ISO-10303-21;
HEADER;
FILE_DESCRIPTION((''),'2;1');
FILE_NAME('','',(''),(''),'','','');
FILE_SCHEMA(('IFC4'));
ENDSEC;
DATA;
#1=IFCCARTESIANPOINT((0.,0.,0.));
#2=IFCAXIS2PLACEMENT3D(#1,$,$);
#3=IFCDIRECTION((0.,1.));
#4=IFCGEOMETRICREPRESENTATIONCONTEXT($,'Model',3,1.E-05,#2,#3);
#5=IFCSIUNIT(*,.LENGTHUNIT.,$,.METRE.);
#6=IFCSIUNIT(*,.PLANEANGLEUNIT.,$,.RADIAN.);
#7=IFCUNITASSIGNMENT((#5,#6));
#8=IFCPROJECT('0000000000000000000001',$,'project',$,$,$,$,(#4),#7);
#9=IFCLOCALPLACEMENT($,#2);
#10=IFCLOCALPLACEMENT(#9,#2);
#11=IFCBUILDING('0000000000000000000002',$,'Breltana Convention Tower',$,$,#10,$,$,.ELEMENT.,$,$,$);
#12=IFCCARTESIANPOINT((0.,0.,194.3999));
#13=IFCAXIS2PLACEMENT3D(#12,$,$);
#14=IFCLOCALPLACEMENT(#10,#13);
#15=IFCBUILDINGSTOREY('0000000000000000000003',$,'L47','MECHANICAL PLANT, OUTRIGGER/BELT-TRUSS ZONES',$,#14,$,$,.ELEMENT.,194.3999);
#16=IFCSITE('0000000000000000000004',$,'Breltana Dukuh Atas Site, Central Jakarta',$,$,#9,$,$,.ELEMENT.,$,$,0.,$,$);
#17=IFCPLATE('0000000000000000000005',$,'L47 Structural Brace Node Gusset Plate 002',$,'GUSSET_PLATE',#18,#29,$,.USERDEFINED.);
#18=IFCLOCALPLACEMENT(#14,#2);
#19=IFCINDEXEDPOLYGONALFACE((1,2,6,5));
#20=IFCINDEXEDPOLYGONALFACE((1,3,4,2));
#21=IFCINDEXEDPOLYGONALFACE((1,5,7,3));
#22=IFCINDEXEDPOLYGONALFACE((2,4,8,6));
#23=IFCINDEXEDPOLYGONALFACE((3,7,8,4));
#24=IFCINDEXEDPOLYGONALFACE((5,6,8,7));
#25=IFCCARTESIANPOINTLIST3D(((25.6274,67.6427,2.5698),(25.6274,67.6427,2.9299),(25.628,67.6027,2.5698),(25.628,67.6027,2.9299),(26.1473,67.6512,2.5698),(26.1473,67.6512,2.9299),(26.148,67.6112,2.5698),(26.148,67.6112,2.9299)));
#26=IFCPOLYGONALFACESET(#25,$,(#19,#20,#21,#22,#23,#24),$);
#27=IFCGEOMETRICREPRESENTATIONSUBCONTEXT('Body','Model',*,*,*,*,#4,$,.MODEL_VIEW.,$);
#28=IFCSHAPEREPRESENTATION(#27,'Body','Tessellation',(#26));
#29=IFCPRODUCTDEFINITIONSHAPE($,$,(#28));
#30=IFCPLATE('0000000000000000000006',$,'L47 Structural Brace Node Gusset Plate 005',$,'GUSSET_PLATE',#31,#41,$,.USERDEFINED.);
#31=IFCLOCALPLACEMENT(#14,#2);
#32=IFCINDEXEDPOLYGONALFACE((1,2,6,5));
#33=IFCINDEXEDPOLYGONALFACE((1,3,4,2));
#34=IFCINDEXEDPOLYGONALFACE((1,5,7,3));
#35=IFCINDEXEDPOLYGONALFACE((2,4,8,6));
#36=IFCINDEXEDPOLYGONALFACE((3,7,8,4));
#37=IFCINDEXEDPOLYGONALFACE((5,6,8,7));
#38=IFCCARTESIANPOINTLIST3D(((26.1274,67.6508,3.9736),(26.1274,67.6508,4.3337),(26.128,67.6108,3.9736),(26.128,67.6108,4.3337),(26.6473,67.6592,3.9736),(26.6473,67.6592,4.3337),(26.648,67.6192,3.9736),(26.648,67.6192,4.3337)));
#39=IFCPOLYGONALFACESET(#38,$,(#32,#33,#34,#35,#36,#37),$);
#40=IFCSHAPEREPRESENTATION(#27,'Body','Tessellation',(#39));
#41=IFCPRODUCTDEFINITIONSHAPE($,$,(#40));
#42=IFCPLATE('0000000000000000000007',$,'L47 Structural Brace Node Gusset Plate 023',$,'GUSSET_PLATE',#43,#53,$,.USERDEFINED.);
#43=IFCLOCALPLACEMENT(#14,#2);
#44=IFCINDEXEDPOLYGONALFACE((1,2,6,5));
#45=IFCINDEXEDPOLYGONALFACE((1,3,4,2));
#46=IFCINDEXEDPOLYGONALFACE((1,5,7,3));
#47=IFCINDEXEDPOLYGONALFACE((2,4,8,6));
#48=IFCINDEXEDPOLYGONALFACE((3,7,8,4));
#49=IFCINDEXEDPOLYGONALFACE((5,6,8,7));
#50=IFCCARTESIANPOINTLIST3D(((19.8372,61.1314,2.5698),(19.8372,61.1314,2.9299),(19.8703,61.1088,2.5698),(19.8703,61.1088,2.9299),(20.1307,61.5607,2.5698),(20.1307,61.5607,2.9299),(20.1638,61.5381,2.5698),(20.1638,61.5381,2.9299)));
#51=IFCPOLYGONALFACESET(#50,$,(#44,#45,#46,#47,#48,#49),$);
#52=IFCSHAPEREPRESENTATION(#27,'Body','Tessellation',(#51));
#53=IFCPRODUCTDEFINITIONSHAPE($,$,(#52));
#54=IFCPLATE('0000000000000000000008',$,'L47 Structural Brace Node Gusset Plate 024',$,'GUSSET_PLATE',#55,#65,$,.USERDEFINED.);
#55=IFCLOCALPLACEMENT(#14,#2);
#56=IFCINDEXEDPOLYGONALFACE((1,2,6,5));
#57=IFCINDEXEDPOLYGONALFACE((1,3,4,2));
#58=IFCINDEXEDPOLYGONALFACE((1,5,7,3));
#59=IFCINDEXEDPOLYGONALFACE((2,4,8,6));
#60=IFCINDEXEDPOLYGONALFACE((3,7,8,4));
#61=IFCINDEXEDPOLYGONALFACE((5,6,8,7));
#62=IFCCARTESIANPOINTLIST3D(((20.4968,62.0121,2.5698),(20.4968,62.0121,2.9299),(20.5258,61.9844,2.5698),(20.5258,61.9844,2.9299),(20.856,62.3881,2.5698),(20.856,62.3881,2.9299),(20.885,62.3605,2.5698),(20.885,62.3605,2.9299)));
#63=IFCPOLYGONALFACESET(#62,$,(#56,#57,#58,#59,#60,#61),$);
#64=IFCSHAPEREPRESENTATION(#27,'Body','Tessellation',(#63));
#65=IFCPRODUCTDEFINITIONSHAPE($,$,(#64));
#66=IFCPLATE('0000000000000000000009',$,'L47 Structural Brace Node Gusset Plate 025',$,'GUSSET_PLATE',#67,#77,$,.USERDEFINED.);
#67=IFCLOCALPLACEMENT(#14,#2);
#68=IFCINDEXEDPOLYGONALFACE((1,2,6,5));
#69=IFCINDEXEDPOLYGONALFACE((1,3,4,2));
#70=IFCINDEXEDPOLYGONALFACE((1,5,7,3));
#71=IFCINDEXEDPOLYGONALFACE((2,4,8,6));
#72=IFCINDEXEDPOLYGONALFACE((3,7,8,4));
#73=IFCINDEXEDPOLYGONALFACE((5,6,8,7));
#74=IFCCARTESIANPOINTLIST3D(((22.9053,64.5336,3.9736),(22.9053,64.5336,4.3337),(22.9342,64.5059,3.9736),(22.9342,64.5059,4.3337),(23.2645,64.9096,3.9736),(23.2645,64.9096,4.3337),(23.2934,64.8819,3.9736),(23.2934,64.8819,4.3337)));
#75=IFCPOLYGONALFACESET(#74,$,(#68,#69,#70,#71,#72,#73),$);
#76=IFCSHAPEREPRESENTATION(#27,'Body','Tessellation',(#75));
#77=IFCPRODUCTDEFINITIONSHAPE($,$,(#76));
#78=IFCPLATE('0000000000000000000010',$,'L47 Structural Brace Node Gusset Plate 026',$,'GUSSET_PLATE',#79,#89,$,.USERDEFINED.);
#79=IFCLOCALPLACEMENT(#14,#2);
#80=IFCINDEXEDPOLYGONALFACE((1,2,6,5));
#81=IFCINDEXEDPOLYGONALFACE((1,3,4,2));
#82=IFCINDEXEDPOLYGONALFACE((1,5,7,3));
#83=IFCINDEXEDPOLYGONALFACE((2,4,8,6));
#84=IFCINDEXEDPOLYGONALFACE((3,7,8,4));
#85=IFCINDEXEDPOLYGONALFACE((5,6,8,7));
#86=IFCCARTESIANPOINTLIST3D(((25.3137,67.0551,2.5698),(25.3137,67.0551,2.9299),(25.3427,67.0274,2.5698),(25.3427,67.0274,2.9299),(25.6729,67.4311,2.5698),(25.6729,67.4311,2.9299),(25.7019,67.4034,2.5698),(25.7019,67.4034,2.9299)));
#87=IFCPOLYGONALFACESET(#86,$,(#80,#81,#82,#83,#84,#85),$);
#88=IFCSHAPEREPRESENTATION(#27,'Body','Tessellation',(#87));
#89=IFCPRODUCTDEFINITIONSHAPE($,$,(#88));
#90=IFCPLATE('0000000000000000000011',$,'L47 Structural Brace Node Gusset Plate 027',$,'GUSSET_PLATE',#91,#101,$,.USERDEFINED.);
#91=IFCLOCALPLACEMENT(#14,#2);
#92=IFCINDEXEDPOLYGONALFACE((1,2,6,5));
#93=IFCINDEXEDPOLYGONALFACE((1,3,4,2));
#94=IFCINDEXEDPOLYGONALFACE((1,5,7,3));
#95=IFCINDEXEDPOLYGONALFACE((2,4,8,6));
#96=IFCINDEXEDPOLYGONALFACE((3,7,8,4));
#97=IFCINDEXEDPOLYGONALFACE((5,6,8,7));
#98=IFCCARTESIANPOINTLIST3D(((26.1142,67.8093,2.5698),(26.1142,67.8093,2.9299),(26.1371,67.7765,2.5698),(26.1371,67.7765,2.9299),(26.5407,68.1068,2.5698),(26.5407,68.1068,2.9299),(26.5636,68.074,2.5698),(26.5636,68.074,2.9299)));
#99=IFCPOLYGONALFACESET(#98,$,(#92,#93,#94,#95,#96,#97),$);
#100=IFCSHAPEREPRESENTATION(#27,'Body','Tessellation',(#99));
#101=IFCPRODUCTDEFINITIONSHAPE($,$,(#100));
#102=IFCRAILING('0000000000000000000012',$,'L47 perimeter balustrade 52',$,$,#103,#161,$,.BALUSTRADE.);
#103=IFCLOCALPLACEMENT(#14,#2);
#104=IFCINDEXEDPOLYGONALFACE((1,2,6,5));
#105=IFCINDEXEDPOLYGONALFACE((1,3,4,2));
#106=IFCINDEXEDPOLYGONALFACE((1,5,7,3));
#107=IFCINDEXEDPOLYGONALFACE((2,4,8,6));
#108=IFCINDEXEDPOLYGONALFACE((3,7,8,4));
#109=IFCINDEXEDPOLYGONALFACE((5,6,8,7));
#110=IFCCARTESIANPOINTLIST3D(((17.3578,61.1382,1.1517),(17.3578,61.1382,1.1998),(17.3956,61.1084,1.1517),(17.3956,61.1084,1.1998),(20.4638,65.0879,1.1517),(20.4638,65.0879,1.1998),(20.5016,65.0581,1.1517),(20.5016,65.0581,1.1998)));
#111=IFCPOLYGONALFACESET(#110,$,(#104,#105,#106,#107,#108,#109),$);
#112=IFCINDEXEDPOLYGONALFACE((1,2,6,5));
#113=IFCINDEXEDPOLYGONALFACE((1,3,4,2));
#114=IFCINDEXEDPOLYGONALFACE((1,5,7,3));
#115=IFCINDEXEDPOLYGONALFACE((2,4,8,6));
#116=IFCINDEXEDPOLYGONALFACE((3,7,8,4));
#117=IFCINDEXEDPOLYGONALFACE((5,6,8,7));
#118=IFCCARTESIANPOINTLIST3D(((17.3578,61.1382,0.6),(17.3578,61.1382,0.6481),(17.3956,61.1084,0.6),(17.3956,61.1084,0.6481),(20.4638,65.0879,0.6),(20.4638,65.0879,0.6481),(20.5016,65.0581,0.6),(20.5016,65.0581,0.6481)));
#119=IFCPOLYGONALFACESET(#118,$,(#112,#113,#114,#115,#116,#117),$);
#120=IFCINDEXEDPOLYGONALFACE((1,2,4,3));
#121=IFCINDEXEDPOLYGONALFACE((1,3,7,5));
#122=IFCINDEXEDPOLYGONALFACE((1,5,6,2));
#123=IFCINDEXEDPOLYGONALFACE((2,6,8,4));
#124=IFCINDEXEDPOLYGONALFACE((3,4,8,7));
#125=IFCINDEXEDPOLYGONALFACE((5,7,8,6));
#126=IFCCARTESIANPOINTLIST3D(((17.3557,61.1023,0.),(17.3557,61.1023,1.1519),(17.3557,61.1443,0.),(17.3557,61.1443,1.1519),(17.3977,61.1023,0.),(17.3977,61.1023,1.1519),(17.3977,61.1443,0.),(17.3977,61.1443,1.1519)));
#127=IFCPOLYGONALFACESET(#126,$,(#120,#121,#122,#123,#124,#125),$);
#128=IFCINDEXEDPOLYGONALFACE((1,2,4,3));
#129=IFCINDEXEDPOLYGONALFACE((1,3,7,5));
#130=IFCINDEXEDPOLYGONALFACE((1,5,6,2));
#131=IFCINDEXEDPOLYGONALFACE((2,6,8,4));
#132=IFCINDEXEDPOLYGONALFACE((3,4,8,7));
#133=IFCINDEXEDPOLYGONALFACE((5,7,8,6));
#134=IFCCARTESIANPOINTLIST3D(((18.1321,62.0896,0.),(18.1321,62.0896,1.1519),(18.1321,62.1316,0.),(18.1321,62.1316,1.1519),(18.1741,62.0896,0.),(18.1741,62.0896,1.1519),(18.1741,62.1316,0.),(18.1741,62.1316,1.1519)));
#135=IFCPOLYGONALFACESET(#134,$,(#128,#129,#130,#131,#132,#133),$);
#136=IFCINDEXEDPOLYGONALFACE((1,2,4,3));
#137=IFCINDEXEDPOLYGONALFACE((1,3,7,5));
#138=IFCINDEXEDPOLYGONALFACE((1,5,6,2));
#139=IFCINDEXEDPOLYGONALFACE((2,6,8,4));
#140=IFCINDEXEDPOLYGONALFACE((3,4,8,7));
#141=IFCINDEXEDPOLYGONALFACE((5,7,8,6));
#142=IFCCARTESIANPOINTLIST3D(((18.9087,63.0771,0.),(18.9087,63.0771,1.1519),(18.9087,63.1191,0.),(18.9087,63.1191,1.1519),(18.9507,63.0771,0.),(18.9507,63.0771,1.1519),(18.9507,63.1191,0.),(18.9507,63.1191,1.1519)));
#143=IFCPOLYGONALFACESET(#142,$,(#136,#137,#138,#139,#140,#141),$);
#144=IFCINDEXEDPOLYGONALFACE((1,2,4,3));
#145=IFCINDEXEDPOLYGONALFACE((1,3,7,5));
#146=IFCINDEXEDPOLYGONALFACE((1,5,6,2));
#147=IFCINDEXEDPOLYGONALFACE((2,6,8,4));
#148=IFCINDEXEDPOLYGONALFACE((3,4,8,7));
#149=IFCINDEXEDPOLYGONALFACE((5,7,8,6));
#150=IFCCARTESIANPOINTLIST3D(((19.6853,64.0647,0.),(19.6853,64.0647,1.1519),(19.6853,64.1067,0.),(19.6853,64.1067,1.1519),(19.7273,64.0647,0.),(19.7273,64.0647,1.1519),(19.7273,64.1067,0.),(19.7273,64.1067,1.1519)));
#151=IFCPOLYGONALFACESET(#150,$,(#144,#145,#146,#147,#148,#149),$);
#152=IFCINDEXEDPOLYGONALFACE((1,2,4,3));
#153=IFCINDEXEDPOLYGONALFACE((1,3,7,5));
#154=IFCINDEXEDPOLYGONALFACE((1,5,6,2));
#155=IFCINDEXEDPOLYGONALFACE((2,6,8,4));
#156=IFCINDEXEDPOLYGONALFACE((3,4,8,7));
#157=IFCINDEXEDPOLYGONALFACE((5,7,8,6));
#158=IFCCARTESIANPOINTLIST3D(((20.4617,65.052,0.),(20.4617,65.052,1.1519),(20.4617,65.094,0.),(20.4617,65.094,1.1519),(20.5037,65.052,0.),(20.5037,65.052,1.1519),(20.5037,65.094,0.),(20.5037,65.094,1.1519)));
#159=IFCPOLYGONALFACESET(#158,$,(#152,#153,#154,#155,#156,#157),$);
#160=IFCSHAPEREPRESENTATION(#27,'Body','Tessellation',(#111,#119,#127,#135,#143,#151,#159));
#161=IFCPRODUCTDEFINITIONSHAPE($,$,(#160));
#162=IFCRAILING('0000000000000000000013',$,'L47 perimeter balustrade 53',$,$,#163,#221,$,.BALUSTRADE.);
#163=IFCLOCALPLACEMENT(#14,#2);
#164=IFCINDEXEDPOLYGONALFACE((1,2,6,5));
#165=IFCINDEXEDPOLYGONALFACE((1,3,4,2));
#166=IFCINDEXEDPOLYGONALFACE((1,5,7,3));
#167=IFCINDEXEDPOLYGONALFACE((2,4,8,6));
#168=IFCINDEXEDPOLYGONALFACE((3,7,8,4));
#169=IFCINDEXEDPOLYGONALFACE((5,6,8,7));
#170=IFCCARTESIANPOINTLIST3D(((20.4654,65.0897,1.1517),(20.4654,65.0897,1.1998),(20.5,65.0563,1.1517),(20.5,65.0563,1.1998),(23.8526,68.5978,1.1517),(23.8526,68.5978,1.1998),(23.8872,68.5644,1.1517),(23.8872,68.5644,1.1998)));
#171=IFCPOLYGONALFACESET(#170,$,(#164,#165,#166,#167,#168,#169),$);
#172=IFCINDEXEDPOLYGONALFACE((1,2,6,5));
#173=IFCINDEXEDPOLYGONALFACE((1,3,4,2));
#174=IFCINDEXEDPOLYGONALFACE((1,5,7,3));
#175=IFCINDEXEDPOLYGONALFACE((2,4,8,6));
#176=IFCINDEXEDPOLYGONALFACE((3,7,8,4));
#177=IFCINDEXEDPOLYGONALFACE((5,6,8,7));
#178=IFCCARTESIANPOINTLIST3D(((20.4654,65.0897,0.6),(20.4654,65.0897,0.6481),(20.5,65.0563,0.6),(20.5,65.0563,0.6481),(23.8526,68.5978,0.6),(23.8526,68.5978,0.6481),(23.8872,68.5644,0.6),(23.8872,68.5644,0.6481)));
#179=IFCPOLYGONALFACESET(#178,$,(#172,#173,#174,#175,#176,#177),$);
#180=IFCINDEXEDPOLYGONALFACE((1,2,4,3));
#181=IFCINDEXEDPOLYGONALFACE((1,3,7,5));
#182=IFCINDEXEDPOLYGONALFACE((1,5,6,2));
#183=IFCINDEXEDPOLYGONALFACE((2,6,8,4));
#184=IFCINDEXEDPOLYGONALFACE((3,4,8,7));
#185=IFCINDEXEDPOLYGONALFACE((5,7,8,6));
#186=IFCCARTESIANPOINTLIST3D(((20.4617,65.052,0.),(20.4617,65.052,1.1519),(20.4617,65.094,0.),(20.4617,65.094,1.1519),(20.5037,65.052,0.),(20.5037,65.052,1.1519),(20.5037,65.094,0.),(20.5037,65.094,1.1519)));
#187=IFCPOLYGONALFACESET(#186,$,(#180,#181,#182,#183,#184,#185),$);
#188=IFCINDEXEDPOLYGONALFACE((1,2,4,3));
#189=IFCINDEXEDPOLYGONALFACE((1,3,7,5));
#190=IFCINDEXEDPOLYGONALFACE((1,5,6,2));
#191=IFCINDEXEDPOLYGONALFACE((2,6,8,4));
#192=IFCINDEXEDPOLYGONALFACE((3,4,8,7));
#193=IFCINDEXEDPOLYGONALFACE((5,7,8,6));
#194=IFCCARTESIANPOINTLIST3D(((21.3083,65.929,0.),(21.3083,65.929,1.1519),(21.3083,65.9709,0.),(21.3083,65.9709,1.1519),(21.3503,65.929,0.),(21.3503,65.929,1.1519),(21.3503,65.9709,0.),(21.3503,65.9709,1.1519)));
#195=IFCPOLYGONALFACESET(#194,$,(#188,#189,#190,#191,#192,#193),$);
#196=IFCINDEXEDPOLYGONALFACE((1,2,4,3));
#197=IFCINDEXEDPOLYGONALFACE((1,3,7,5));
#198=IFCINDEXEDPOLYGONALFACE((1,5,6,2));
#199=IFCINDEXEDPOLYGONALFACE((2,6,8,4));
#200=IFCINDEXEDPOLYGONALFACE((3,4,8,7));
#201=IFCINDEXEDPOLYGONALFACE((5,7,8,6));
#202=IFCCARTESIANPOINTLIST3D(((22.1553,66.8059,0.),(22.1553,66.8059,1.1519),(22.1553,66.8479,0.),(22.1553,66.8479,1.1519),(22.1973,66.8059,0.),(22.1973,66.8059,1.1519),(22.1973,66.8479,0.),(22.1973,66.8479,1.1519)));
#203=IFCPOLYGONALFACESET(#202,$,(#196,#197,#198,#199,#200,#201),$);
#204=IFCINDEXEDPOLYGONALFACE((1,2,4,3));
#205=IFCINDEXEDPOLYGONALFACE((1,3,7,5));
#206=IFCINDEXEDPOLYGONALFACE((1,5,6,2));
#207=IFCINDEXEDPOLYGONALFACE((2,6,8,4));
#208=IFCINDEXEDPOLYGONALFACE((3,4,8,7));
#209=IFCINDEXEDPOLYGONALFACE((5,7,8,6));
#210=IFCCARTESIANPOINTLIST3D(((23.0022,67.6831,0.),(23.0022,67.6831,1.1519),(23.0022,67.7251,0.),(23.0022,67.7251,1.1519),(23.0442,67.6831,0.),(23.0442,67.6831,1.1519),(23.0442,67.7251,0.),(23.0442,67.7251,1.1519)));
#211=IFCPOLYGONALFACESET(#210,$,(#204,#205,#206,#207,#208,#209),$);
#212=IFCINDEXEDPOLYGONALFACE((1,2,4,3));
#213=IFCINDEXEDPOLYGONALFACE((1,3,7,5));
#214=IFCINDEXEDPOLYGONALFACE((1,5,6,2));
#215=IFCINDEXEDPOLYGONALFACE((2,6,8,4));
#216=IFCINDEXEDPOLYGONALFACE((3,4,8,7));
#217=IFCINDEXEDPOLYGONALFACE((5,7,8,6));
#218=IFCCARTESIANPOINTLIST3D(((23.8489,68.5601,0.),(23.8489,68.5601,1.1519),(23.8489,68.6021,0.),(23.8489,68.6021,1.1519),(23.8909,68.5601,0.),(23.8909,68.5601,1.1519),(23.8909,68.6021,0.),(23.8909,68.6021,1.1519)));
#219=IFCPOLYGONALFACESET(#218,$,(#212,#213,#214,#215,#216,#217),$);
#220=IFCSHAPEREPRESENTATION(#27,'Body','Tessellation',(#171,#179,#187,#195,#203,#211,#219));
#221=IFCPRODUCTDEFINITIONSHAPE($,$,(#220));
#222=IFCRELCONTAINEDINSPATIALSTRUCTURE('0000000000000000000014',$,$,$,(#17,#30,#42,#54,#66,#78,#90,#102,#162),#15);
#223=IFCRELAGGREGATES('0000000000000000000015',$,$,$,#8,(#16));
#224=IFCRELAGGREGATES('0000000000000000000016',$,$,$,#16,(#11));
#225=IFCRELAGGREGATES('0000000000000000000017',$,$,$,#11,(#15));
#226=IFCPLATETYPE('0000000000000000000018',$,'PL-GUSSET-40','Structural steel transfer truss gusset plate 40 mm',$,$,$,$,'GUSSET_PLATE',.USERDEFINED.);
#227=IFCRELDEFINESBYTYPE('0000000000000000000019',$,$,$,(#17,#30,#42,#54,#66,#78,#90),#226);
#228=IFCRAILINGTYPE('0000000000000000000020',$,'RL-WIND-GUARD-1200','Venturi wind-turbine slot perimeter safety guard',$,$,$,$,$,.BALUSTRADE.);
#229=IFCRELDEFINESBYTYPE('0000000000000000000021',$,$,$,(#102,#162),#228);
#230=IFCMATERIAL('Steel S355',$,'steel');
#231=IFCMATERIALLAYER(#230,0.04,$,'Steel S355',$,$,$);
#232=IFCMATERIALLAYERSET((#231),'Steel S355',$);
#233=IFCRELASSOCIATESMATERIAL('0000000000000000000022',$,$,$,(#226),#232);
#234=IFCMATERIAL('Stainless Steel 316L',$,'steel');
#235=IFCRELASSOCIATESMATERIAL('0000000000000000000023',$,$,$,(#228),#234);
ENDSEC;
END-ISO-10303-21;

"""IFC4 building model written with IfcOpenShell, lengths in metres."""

from ifc_helpers import new_model, si_unit, direction, frame, origin, origin_2d, place, context, subcontext, project, spatial, rectangle, extrude, source, transform, mapped, material, layer, layer_set, type_object, element, save


model = new_model("IFC4")

# Units and contexts
model_context = context("Model", 3, precision=1e-05, world=origin(), true_north=direction((0.0, 1.0)))
body_context = subcontext(model_context, "Body", "Model", "MODEL_VIEW")
ifc_project = project(units=[si_unit("LENGTHUNIT", "METRE"), si_unit("PLANEANGLEUNIT", "RADIAN")], contexts=[model_context])

# Site, building, storey
site_placement = place(None, origin())
site = spatial("IfcSite", under=ifc_project, at=site_placement, Name="Breltana Dukuh Atas Site, Central Jakarta", CompositionType="ELEMENT", RefElevation=0.0)
building_placement = place(site_placement, origin())
building = spatial("IfcBuilding", under=site, at=building_placement, Name="Breltana Convention Tower", CompositionType="ELEMENT")
storey_placement = place(building_placement, frame((0.0, 0.0, 194.3999)))
storey = spatial("IfcBuildingStorey", under=building, at=storey_placement, Name="L47", Description="MECHANICAL PLANT, OUTRIGGER/BELT-TRUSS ZONES", CompositionType="ELEMENT", Elevation=194.3999)

# Plates
ifc_material_1 = material(Name="Steel S355", Category="steel")
ifc_layer = layer(ifc_material_1, 0.04, Name="Steel S355")
ifc_layer_set = layer_set([ifc_layer], Name="Steel S355")
plate_type = type_object("IfcPlateType", Name="PL-GUSSET-40", Description="Structural steel transfer truss gusset plate 40 mm", ElementType="GUSSET_PLATE", PredefinedType="USERDEFINED", material=ifc_layer_set)
shared_shape_1 = source(origin(), body_context, "Body", "SweptSolid", [
    extrude(rectangle(XDim=0.52, YDim=0.04, at=origin_2d()), origin(), (0.0, 0.0, 1.0), 0.3601),
])
for number, where, z_axis, x_axis, name in (
    (1, (25.8877, 67.627, 2.5698), (0.0, 0.0, 1.0), (-0.999868, -0.016231, 0.0), "L47 Structural Brace Node Gusset Plate 002"),
    (2, (26.3877, 67.635, 3.9736), (0.0, 0.0, 1.0), (-0.999868, -0.016231, 0.0), "L47 Structural Brace Node Gusset Plate 005"),
    (3, (20.0005, 61.3347, 2.5698), (0.0, 0.0, 1.0), (0.564391, 0.825508, 0.0), "L47 Structural Brace Node Gusset Plate 023"),
    (4, (20.6909, 62.1863, 2.5698), (0.0, 0.0, 1.0), (0.690756, 0.723088, 0.0), "L47 Structural Brace Node Gusset Plate 024"),
    (5, (23.0994, 64.7078, 3.9736), (0.0, 0.0, 1.0), (0.690756, 0.723088, 0.0), "L47 Structural Brace Node Gusset Plate 025"),
    (6, (25.5078, 67.2292, 2.5698), (0.0, 0.0, 1.0), (0.690756, 0.723088, 0.0), "L47 Structural Brace Node Gusset Plate 026"),
    (7, (26.3389, 67.9417, 2.5698), (0.0, 0.0, 1.0), (0.820152, 0.572146, 0.0), "L47 Structural Brace Node Gusset Plate 027"),
):
    element("IfcPlate", number, at=place(storey_placement, frame(where, z_axis=z_axis, x_axis=x_axis)), inside=storey, type_object=plate_type, Name=name, ObjectType="GUSSET_PLATE", PredefinedType="USERDEFINED", context=body_context, shape_type="MappedRepresentation", body=[
        mapped(shared_shape_1, transform((0.0, 0.0, 0.0), scale=1.0)),
    ])

# Railings
ifc_material_2 = material(Name="Stainless Steel 316L", Category="steel")
railing_type = type_object("IfcRailingType", Name="RL-WIND-GUARD-1200", Description="Venturi wind-turbine slot perimeter safety guard", PredefinedType="BALUSTRADE", material=ifc_material_2)
railing_1_placement = place(storey_placement, frame((17.3767, 61.1233, 0.0)))
element("IfcRailing", 8, at=railing_1_placement, inside=storey, type_object=railing_type, Name="L47 perimeter balustrade 52", PredefinedType="BALUSTRADE", context=body_context, shape_type="SweptSolid", body=[
    extrude(rectangle(XDim=0.0481, YDim=0.0481, at=origin_2d()), frame((0.0, 0.0, 1.1758), z_axis=(0.618143, 0.786065, 0.0), x_axis=(-0.786065, 0.618143, 0.0)), (0.0, 0.0, 1.0), 5.0247),
    extrude(rectangle(XDim=0.0481, YDim=0.0481, at=origin_2d()), frame((0.0, 0.0, 0.624), z_axis=(0.618143, 0.786065, 0.0), x_axis=(-0.786065, 0.618143, 0.0)), (0.0, 0.0, 1.0), 5.0247),
    extrude(rectangle(XDim=0.042, YDim=0.042, at=origin_2d()), origin(), (0.0, 0.0, 1.0), 1.1519),
    extrude(rectangle(XDim=0.042, YDim=0.042, at=origin_2d()), frame((0.7764, 0.9873, 0.0)), (0.0, 0.0, 1.0), 1.1519),
    extrude(rectangle(XDim=0.042, YDim=0.042, at=origin_2d()), frame((1.553, 1.9749, 0.0)), (0.0, 0.0, 1.0), 1.1519),
    extrude(rectangle(XDim=0.042, YDim=0.042, at=origin_2d()), frame((2.3296, 2.9624, 0.0)), (0.0, 0.0, 1.0), 1.1519),
    extrude(rectangle(XDim=0.042, YDim=0.042, at=origin_2d()), frame((3.106, 3.9497, 0.0)), (0.0, 0.0, 1.0), 1.1519),
])
railing_2_placement = place(storey_placement, frame((20.4827, 65.073, 0.0)))
element("IfcRailing", 9, at=railing_2_placement, inside=storey, type_object=railing_type, Name="L47 perimeter balustrade 53", PredefinedType="BALUSTRADE", context=body_context, shape_type="SweptSolid", body=[
    extrude(rectangle(XDim=0.0481, YDim=0.0481, at=origin_2d()), frame((0.0, 0.0, 1.1758), z_axis=(0.694607, 0.719389, 0.0), x_axis=(-0.719389, 0.694607, 0.0)), (0.0, 0.0, 1.0), 4.8765),
    extrude(rectangle(XDim=0.0481, YDim=0.0481, at=origin_2d()), frame((0.0, 0.0, 0.624), z_axis=(0.694607, 0.719389, 0.0), x_axis=(-0.719389, 0.694607, 0.0)), (0.0, 0.0, 1.0), 4.8765),
    extrude(rectangle(XDim=0.042, YDim=0.042, at=origin_2d()), origin(), (0.0, 0.0, 1.0), 1.1519),
    extrude(rectangle(XDim=0.042, YDim=0.042, at=origin_2d()), frame((0.8467, 0.877, 0.0)), (0.0, 0.0, 1.0), 1.1519),
    extrude(rectangle(XDim=0.042, YDim=0.042, at=origin_2d()), frame((1.6936, 1.7539, 0.0)), (0.0, 0.0, 1.0), 1.1519),
    extrude(rectangle(XDim=0.042, YDim=0.042, at=origin_2d()), frame((2.5405, 2.6311, 0.0)), (0.0, 0.0, 1.0), 1.1519),
    extrude(rectangle(XDim=0.042, YDim=0.042, at=origin_2d()), frame((3.3872, 3.5081, 0.0)), (0.0, 0.0, 1.0), 1.1519),
])

save(model, "model.ifc")
